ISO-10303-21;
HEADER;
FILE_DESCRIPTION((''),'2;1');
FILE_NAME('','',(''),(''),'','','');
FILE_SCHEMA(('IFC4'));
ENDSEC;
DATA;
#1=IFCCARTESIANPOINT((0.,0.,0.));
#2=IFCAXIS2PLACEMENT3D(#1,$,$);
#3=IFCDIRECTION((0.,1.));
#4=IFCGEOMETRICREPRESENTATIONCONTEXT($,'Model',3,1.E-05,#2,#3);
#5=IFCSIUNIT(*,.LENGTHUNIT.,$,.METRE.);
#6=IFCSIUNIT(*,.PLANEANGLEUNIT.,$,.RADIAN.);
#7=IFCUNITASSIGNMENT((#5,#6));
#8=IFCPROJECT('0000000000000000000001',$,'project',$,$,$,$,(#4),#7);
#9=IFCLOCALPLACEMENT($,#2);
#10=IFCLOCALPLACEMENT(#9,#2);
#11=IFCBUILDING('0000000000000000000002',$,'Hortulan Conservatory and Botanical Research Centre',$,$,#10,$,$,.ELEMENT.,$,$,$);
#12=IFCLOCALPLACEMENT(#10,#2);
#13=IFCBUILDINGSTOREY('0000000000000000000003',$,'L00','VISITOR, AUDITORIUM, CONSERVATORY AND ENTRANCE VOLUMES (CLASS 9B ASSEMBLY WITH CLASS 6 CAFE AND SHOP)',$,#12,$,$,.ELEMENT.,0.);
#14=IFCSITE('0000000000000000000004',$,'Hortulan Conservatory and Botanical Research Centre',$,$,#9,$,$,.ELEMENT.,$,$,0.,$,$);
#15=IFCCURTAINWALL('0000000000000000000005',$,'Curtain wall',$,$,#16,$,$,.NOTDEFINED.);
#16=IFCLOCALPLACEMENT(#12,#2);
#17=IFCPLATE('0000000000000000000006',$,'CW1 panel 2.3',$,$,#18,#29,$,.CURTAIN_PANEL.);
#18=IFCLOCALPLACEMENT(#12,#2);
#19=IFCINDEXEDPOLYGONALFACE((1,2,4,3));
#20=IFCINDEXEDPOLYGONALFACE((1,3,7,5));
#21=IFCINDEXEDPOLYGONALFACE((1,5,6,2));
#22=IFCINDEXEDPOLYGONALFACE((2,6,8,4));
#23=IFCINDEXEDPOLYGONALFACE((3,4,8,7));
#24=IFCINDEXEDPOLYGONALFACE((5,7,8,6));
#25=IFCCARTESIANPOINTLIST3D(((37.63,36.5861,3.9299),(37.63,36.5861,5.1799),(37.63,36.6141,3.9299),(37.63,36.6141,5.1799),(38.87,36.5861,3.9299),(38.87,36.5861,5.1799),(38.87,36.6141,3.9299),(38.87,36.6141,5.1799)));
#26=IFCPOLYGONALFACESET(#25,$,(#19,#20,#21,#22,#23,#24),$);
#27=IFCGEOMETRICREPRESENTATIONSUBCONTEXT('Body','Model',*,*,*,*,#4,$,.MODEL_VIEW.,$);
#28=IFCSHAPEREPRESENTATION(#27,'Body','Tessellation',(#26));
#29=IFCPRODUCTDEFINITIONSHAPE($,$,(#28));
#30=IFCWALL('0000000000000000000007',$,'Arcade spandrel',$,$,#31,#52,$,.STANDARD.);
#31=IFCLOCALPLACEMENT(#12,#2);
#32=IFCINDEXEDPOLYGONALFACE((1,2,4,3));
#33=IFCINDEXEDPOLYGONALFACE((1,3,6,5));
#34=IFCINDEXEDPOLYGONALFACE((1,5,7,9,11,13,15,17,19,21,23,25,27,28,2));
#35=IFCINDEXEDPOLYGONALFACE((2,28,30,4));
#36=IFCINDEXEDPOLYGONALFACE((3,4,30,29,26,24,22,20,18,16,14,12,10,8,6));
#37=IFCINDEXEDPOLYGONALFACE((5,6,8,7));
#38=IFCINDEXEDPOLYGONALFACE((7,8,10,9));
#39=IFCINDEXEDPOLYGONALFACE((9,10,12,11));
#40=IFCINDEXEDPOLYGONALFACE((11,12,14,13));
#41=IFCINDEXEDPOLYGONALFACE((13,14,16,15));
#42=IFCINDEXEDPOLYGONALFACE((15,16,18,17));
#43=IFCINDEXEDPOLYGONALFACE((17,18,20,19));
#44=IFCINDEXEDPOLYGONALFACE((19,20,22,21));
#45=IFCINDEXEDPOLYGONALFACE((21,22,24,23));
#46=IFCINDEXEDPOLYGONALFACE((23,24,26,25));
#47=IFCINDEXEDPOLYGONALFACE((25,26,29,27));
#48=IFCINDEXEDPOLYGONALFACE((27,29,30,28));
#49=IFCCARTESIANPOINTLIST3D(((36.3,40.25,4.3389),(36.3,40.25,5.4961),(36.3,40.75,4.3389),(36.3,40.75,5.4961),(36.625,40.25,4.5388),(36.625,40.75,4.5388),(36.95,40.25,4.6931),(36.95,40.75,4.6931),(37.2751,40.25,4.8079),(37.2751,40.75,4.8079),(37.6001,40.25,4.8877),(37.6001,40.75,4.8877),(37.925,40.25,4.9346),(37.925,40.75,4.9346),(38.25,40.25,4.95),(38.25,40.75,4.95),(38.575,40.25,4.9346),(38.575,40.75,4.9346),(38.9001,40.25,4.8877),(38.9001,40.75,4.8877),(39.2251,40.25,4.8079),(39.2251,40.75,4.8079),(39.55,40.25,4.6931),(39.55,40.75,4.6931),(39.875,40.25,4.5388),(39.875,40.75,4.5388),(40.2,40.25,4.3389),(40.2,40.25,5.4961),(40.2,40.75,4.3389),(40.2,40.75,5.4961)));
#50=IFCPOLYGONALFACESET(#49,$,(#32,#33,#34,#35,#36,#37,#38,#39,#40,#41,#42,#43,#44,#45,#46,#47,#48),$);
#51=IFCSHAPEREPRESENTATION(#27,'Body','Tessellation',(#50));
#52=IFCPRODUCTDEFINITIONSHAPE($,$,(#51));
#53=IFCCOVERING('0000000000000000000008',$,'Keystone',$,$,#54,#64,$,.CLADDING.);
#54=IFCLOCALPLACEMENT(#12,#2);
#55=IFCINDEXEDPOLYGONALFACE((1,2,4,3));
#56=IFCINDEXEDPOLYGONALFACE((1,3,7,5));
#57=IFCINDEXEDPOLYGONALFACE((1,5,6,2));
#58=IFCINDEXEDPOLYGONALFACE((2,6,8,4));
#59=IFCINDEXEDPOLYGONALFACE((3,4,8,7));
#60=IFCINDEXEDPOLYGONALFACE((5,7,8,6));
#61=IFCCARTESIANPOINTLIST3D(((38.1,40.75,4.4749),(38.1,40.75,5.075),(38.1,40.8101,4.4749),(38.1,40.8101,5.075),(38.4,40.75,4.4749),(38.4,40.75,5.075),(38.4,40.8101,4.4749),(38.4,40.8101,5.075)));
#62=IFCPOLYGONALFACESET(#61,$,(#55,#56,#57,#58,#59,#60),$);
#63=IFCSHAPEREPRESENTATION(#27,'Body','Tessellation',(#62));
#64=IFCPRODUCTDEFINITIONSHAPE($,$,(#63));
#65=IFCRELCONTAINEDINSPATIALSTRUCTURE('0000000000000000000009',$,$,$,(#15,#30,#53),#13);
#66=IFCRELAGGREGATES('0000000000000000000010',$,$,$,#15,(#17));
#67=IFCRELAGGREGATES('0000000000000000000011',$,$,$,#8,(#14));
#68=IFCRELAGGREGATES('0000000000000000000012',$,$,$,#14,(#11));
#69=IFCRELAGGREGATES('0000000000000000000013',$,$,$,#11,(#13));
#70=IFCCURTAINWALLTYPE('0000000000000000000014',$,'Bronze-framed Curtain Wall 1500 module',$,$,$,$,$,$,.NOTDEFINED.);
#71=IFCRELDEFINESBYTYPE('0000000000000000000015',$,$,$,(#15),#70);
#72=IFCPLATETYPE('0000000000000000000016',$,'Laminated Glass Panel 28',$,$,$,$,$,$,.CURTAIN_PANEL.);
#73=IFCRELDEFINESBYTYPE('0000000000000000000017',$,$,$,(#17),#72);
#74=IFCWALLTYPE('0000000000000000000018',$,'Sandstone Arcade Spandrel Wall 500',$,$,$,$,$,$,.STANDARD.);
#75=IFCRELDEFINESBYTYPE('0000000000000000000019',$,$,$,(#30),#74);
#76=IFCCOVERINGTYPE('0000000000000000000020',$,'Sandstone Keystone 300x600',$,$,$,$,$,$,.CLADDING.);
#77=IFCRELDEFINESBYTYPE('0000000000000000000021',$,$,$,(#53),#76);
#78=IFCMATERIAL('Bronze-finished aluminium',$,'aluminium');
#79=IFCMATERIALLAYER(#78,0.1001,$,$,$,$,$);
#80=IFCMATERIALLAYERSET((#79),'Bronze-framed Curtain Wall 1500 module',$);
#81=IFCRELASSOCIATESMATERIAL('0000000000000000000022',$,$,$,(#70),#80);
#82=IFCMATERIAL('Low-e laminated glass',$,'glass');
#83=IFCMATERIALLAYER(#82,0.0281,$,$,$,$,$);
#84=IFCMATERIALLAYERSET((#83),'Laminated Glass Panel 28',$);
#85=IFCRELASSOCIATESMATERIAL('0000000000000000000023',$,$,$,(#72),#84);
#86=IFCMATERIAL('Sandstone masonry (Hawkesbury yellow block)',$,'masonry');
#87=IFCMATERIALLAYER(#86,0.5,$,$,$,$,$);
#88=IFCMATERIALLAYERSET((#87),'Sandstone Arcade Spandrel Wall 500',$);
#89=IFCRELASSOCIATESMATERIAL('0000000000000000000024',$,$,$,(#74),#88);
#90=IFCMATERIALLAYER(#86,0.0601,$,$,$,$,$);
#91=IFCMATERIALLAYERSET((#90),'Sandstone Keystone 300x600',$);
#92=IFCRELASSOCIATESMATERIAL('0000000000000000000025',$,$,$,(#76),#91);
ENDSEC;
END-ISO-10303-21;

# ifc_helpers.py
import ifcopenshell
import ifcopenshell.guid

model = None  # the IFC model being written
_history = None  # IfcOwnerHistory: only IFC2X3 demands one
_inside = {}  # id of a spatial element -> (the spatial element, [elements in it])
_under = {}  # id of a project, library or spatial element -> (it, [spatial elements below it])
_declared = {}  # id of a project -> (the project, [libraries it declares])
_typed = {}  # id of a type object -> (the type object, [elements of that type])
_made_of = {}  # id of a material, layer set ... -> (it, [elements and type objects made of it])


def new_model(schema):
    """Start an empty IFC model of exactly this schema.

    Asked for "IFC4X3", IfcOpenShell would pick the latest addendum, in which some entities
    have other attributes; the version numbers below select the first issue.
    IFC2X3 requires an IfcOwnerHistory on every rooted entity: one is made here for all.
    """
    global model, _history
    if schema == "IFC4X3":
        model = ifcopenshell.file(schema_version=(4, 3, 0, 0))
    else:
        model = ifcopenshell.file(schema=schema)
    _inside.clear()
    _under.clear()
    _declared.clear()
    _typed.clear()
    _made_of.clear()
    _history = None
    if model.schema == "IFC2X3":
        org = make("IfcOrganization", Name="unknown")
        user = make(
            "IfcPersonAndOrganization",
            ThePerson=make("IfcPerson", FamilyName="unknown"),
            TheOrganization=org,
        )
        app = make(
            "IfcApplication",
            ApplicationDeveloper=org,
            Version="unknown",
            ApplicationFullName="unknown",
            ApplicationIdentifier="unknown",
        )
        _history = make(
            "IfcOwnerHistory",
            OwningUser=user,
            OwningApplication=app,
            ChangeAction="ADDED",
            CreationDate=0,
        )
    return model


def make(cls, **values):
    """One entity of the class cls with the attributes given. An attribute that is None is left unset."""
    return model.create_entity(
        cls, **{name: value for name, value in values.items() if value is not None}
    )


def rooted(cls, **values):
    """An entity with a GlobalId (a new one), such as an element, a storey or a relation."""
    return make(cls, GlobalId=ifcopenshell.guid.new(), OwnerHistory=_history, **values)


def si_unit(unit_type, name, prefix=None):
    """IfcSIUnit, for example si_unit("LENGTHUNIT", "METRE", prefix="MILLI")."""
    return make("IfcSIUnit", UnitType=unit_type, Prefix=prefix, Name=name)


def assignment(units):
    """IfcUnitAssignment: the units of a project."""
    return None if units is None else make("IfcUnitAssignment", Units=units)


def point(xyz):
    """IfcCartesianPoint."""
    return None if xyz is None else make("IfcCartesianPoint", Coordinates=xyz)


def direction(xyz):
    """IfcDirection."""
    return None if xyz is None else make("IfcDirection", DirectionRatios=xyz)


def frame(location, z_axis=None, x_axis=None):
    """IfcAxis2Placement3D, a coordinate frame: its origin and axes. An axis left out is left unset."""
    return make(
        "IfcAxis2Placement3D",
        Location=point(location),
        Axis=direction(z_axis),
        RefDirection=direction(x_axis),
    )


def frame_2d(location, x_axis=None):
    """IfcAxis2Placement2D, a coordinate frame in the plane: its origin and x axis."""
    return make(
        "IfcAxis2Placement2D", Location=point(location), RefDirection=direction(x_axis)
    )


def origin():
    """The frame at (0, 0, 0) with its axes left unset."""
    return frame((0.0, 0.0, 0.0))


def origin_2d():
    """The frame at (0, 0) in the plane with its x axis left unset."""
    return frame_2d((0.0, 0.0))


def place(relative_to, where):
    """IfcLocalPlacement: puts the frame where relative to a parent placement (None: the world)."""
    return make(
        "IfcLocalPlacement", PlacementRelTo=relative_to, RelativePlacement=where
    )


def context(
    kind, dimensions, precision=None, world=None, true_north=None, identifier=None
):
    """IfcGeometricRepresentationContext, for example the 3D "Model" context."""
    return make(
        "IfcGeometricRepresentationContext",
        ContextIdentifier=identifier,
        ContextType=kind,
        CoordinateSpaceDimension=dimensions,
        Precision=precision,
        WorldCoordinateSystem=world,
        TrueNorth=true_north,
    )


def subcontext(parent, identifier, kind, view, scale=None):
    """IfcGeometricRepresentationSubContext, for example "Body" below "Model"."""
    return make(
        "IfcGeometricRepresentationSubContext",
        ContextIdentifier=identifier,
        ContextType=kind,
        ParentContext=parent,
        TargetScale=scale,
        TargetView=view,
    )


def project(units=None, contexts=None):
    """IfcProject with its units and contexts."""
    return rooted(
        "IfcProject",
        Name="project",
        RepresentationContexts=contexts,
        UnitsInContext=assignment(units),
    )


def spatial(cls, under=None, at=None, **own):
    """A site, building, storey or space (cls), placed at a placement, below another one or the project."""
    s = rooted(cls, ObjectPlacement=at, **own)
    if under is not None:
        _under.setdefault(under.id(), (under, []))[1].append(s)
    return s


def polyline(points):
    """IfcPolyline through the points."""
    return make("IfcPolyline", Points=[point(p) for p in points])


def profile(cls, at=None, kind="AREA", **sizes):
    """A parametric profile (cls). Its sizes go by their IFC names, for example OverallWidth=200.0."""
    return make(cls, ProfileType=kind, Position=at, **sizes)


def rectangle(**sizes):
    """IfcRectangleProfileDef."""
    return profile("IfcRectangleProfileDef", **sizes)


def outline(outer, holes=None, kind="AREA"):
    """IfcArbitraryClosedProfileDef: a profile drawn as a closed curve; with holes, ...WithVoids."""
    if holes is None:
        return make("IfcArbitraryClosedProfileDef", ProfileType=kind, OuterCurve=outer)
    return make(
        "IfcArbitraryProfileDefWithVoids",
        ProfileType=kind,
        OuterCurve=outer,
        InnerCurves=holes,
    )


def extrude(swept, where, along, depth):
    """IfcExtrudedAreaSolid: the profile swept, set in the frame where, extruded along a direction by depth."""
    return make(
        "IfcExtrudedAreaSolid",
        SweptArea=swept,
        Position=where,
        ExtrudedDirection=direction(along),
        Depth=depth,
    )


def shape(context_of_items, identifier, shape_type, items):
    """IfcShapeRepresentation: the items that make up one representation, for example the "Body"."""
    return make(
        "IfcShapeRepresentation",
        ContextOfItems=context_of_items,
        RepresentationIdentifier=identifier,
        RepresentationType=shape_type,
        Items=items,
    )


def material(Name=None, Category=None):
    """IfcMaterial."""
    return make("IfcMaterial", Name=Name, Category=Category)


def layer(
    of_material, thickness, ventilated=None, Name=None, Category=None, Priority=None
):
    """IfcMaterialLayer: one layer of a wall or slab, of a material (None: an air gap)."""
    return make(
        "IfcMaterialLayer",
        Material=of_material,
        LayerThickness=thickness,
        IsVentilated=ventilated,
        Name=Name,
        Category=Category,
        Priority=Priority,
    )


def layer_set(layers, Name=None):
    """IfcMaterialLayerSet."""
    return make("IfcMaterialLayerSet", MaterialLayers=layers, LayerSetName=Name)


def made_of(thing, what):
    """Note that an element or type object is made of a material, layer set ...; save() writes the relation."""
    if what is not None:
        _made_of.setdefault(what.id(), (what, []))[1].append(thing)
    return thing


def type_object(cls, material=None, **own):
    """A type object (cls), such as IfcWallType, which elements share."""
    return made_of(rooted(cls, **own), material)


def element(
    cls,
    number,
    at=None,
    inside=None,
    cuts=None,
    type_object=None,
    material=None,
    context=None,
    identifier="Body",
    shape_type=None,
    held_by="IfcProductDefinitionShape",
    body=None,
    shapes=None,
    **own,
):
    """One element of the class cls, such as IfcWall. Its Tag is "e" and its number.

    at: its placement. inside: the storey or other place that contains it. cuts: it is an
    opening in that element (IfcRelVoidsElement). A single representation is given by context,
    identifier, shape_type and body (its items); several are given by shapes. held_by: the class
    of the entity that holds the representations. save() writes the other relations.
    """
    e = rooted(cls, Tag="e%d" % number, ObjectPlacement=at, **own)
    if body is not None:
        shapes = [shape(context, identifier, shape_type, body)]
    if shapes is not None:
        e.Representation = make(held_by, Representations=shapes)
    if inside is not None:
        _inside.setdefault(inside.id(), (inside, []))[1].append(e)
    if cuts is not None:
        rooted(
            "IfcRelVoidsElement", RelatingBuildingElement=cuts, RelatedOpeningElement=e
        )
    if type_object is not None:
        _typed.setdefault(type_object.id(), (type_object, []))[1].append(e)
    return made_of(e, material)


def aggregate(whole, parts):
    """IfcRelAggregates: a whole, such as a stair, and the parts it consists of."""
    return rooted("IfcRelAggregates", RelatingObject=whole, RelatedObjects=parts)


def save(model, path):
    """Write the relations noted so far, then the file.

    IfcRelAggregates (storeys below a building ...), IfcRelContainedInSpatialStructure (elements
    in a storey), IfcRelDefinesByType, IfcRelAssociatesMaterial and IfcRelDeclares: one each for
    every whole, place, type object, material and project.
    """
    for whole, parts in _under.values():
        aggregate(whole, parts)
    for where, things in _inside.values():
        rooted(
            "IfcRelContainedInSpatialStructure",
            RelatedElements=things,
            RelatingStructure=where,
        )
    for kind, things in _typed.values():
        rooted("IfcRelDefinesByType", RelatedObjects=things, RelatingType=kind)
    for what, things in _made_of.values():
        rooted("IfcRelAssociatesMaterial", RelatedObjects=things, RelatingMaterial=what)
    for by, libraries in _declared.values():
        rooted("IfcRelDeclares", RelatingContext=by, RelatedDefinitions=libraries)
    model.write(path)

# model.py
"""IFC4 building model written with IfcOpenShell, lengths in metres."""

from ifc_helpers import new_model, si_unit, direction, frame, origin, origin_2d, place, context, subcontext, project, spatial, polyline, rectangle, outline, extrude, material, layer, layer_set, type_object, element, aggregate, save


model = new_model("IFC4")

# Units and contexts
model_context = context("Model", 3, precision=1e-05, world=origin(), true_north=direction((0.0, 1.0)))
body_context = subcontext(model_context, "Body", "Model", "MODEL_VIEW")
ifc_project = project(units=[si_unit("LENGTHUNIT", "METRE"), si_unit("PLANEANGLEUNIT", "RADIAN")], contexts=[model_context])

# Site, building, storey
site_placement = place(None, origin())
site = spatial("IfcSite", under=ifc_project, at=site_placement, Name="Hortulan Conservatory and Botanical Research Centre", CompositionType="ELEMENT", RefElevation=0.0)
building_placement = place(site_placement, origin())
building = spatial("IfcBuilding", under=site, at=building_placement, Name="Hortulan Conservatory and Botanical Research Centre", CompositionType="ELEMENT")
storey_placement = place(building_placement, origin())
storey = spatial("IfcBuildingStorey", under=building, at=storey_placement, Name="L00", Description="VISITOR, AUDITORIUM, CONSERVATORY AND ENTRANCE VOLUMES (CLASS 9B ASSEMBLY WITH CLASS 6 CAFE AND SHOP)", CompositionType="ELEMENT", Elevation=0.0)

# Curtain wall
ifc_material_1 = material(Name="Bronze-finished aluminium", Category="aluminium")
ifc_layer_1 = layer(ifc_material_1, 0.1001)
ifc_layer_set_1 = layer_set([ifc_layer_1], Name="Bronze-framed Curtain Wall 1500 module")
curtain_wall_type = type_object("IfcCurtainWallType", Name="Bronze-framed Curtain Wall 1500 module", PredefinedType="NOTDEFINED", material=ifc_layer_set_1)
curtain_wall_placement = place(storey_placement, origin())
curtain_wall = element("IfcCurtainWall", 1, at=curtain_wall_placement, inside=storey, type_object=curtain_wall_type, Name="Curtain wall", PredefinedType="NOTDEFINED")

# Shared definitions
ifc_material_2 = material(Name="Sandstone masonry (Hawkesbury yellow block)", Category="masonry")

# Plate
ifc_material_3 = material(Name="Low-e laminated glass", Category="glass")
ifc_layer_2 = layer(ifc_material_3, 0.0281)
ifc_layer_set_2 = layer_set([ifc_layer_2], Name="Laminated Glass Panel 28")
plate_type = type_object("IfcPlateType", Name="Laminated Glass Panel 28", PredefinedType="CURTAIN_PANEL", material=ifc_layer_set_2)
plate_1_placement = place(storey_placement, frame((38.25, 36.6001, 3.9299), z_axis=(0.0, 0.0, 1.0), x_axis=(1.0, 0.0, 0.0)))
plate_1 = element("IfcPlate", 2, at=plate_1_placement, type_object=plate_type, Name="CW1 panel 2.3", PredefinedType="CURTAIN_PANEL", context=body_context, shape_type="SweptSolid", body=[
    extrude(rectangle(XDim=1.24, YDim=0.0281, at=origin_2d()), origin(), (0.0, 0.0, 1.0), 1.25),
])
aggregate(curtain_wall, [plate_1])

# Wall
ifc_layer_3 = layer(ifc_material_2, 0.5)
ifc_layer_set_3 = layer_set([ifc_layer_3], Name="Sandstone Arcade Spandrel Wall 500")
wall_type = type_object("IfcWallType", Name="Sandstone Arcade Spandrel Wall 500", PredefinedType="STANDARD", material=ifc_layer_set_3)
wall_placement = place(storey_placement, frame((36.3, 40.5, 4.3389), z_axis=(0.0, 0.0, 1.0), x_axis=(1.0, 0.0, 0.0)))
element("IfcWall", 3, at=wall_placement, inside=storey, type_object=wall_type, Name="Arcade spandrel", PredefinedType="STANDARD", context=body_context, shape_type="SweptSolid", body=[
    extrude(outline(polyline([(0.0, 0.0), (0.325, 0.2), (0.6499, 0.3542), (0.9751, 0.469), (1.3, 0.5488), (1.625, 0.5957), (1.95, 0.6111), (2.2749, 0.5957), (2.6001, 0.5488), (2.925, 0.469), (3.25, 0.3542), (3.575, 0.2), (3.8999, 0.0), (3.8999, 1.1572), (0.0, 1.1572), (0.0, 0.0)])), frame((0.0, 0.25, 0.0), z_axis=(0.0, -1.0, 0.0), x_axis=(1.0, 0.0, 0.0)), (0.0, 0.0, 1.0), 0.5),
])

# Covering
ifc_layer_4 = layer(ifc_material_2, 0.0601)
ifc_layer_set_4 = layer_set([ifc_layer_4], Name="Sandstone Keystone 300x600")
covering_type = type_object("IfcCoveringType", Name="Sandstone Keystone 300x600", PredefinedType="CLADDING", material=ifc_layer_set_4)
covering_placement = place(storey_placement, frame((38.25, 40.78, 4.4749), z_axis=(0.0, 0.0, 1.0), x_axis=(1.0, 0.0, 0.0)))
element("IfcCovering", 4, at=covering_placement, inside=storey, type_object=covering_type, Name="Keystone", PredefinedType="CLADDING", context=body_context, shape_type="SweptSolid", body=[
    extrude(rectangle(XDim=0.3, YDim=0.0601, at=origin_2d()), origin(), (0.0, 0.0, 1.0), 0.6001),
])

save(model, "model.ifc")
